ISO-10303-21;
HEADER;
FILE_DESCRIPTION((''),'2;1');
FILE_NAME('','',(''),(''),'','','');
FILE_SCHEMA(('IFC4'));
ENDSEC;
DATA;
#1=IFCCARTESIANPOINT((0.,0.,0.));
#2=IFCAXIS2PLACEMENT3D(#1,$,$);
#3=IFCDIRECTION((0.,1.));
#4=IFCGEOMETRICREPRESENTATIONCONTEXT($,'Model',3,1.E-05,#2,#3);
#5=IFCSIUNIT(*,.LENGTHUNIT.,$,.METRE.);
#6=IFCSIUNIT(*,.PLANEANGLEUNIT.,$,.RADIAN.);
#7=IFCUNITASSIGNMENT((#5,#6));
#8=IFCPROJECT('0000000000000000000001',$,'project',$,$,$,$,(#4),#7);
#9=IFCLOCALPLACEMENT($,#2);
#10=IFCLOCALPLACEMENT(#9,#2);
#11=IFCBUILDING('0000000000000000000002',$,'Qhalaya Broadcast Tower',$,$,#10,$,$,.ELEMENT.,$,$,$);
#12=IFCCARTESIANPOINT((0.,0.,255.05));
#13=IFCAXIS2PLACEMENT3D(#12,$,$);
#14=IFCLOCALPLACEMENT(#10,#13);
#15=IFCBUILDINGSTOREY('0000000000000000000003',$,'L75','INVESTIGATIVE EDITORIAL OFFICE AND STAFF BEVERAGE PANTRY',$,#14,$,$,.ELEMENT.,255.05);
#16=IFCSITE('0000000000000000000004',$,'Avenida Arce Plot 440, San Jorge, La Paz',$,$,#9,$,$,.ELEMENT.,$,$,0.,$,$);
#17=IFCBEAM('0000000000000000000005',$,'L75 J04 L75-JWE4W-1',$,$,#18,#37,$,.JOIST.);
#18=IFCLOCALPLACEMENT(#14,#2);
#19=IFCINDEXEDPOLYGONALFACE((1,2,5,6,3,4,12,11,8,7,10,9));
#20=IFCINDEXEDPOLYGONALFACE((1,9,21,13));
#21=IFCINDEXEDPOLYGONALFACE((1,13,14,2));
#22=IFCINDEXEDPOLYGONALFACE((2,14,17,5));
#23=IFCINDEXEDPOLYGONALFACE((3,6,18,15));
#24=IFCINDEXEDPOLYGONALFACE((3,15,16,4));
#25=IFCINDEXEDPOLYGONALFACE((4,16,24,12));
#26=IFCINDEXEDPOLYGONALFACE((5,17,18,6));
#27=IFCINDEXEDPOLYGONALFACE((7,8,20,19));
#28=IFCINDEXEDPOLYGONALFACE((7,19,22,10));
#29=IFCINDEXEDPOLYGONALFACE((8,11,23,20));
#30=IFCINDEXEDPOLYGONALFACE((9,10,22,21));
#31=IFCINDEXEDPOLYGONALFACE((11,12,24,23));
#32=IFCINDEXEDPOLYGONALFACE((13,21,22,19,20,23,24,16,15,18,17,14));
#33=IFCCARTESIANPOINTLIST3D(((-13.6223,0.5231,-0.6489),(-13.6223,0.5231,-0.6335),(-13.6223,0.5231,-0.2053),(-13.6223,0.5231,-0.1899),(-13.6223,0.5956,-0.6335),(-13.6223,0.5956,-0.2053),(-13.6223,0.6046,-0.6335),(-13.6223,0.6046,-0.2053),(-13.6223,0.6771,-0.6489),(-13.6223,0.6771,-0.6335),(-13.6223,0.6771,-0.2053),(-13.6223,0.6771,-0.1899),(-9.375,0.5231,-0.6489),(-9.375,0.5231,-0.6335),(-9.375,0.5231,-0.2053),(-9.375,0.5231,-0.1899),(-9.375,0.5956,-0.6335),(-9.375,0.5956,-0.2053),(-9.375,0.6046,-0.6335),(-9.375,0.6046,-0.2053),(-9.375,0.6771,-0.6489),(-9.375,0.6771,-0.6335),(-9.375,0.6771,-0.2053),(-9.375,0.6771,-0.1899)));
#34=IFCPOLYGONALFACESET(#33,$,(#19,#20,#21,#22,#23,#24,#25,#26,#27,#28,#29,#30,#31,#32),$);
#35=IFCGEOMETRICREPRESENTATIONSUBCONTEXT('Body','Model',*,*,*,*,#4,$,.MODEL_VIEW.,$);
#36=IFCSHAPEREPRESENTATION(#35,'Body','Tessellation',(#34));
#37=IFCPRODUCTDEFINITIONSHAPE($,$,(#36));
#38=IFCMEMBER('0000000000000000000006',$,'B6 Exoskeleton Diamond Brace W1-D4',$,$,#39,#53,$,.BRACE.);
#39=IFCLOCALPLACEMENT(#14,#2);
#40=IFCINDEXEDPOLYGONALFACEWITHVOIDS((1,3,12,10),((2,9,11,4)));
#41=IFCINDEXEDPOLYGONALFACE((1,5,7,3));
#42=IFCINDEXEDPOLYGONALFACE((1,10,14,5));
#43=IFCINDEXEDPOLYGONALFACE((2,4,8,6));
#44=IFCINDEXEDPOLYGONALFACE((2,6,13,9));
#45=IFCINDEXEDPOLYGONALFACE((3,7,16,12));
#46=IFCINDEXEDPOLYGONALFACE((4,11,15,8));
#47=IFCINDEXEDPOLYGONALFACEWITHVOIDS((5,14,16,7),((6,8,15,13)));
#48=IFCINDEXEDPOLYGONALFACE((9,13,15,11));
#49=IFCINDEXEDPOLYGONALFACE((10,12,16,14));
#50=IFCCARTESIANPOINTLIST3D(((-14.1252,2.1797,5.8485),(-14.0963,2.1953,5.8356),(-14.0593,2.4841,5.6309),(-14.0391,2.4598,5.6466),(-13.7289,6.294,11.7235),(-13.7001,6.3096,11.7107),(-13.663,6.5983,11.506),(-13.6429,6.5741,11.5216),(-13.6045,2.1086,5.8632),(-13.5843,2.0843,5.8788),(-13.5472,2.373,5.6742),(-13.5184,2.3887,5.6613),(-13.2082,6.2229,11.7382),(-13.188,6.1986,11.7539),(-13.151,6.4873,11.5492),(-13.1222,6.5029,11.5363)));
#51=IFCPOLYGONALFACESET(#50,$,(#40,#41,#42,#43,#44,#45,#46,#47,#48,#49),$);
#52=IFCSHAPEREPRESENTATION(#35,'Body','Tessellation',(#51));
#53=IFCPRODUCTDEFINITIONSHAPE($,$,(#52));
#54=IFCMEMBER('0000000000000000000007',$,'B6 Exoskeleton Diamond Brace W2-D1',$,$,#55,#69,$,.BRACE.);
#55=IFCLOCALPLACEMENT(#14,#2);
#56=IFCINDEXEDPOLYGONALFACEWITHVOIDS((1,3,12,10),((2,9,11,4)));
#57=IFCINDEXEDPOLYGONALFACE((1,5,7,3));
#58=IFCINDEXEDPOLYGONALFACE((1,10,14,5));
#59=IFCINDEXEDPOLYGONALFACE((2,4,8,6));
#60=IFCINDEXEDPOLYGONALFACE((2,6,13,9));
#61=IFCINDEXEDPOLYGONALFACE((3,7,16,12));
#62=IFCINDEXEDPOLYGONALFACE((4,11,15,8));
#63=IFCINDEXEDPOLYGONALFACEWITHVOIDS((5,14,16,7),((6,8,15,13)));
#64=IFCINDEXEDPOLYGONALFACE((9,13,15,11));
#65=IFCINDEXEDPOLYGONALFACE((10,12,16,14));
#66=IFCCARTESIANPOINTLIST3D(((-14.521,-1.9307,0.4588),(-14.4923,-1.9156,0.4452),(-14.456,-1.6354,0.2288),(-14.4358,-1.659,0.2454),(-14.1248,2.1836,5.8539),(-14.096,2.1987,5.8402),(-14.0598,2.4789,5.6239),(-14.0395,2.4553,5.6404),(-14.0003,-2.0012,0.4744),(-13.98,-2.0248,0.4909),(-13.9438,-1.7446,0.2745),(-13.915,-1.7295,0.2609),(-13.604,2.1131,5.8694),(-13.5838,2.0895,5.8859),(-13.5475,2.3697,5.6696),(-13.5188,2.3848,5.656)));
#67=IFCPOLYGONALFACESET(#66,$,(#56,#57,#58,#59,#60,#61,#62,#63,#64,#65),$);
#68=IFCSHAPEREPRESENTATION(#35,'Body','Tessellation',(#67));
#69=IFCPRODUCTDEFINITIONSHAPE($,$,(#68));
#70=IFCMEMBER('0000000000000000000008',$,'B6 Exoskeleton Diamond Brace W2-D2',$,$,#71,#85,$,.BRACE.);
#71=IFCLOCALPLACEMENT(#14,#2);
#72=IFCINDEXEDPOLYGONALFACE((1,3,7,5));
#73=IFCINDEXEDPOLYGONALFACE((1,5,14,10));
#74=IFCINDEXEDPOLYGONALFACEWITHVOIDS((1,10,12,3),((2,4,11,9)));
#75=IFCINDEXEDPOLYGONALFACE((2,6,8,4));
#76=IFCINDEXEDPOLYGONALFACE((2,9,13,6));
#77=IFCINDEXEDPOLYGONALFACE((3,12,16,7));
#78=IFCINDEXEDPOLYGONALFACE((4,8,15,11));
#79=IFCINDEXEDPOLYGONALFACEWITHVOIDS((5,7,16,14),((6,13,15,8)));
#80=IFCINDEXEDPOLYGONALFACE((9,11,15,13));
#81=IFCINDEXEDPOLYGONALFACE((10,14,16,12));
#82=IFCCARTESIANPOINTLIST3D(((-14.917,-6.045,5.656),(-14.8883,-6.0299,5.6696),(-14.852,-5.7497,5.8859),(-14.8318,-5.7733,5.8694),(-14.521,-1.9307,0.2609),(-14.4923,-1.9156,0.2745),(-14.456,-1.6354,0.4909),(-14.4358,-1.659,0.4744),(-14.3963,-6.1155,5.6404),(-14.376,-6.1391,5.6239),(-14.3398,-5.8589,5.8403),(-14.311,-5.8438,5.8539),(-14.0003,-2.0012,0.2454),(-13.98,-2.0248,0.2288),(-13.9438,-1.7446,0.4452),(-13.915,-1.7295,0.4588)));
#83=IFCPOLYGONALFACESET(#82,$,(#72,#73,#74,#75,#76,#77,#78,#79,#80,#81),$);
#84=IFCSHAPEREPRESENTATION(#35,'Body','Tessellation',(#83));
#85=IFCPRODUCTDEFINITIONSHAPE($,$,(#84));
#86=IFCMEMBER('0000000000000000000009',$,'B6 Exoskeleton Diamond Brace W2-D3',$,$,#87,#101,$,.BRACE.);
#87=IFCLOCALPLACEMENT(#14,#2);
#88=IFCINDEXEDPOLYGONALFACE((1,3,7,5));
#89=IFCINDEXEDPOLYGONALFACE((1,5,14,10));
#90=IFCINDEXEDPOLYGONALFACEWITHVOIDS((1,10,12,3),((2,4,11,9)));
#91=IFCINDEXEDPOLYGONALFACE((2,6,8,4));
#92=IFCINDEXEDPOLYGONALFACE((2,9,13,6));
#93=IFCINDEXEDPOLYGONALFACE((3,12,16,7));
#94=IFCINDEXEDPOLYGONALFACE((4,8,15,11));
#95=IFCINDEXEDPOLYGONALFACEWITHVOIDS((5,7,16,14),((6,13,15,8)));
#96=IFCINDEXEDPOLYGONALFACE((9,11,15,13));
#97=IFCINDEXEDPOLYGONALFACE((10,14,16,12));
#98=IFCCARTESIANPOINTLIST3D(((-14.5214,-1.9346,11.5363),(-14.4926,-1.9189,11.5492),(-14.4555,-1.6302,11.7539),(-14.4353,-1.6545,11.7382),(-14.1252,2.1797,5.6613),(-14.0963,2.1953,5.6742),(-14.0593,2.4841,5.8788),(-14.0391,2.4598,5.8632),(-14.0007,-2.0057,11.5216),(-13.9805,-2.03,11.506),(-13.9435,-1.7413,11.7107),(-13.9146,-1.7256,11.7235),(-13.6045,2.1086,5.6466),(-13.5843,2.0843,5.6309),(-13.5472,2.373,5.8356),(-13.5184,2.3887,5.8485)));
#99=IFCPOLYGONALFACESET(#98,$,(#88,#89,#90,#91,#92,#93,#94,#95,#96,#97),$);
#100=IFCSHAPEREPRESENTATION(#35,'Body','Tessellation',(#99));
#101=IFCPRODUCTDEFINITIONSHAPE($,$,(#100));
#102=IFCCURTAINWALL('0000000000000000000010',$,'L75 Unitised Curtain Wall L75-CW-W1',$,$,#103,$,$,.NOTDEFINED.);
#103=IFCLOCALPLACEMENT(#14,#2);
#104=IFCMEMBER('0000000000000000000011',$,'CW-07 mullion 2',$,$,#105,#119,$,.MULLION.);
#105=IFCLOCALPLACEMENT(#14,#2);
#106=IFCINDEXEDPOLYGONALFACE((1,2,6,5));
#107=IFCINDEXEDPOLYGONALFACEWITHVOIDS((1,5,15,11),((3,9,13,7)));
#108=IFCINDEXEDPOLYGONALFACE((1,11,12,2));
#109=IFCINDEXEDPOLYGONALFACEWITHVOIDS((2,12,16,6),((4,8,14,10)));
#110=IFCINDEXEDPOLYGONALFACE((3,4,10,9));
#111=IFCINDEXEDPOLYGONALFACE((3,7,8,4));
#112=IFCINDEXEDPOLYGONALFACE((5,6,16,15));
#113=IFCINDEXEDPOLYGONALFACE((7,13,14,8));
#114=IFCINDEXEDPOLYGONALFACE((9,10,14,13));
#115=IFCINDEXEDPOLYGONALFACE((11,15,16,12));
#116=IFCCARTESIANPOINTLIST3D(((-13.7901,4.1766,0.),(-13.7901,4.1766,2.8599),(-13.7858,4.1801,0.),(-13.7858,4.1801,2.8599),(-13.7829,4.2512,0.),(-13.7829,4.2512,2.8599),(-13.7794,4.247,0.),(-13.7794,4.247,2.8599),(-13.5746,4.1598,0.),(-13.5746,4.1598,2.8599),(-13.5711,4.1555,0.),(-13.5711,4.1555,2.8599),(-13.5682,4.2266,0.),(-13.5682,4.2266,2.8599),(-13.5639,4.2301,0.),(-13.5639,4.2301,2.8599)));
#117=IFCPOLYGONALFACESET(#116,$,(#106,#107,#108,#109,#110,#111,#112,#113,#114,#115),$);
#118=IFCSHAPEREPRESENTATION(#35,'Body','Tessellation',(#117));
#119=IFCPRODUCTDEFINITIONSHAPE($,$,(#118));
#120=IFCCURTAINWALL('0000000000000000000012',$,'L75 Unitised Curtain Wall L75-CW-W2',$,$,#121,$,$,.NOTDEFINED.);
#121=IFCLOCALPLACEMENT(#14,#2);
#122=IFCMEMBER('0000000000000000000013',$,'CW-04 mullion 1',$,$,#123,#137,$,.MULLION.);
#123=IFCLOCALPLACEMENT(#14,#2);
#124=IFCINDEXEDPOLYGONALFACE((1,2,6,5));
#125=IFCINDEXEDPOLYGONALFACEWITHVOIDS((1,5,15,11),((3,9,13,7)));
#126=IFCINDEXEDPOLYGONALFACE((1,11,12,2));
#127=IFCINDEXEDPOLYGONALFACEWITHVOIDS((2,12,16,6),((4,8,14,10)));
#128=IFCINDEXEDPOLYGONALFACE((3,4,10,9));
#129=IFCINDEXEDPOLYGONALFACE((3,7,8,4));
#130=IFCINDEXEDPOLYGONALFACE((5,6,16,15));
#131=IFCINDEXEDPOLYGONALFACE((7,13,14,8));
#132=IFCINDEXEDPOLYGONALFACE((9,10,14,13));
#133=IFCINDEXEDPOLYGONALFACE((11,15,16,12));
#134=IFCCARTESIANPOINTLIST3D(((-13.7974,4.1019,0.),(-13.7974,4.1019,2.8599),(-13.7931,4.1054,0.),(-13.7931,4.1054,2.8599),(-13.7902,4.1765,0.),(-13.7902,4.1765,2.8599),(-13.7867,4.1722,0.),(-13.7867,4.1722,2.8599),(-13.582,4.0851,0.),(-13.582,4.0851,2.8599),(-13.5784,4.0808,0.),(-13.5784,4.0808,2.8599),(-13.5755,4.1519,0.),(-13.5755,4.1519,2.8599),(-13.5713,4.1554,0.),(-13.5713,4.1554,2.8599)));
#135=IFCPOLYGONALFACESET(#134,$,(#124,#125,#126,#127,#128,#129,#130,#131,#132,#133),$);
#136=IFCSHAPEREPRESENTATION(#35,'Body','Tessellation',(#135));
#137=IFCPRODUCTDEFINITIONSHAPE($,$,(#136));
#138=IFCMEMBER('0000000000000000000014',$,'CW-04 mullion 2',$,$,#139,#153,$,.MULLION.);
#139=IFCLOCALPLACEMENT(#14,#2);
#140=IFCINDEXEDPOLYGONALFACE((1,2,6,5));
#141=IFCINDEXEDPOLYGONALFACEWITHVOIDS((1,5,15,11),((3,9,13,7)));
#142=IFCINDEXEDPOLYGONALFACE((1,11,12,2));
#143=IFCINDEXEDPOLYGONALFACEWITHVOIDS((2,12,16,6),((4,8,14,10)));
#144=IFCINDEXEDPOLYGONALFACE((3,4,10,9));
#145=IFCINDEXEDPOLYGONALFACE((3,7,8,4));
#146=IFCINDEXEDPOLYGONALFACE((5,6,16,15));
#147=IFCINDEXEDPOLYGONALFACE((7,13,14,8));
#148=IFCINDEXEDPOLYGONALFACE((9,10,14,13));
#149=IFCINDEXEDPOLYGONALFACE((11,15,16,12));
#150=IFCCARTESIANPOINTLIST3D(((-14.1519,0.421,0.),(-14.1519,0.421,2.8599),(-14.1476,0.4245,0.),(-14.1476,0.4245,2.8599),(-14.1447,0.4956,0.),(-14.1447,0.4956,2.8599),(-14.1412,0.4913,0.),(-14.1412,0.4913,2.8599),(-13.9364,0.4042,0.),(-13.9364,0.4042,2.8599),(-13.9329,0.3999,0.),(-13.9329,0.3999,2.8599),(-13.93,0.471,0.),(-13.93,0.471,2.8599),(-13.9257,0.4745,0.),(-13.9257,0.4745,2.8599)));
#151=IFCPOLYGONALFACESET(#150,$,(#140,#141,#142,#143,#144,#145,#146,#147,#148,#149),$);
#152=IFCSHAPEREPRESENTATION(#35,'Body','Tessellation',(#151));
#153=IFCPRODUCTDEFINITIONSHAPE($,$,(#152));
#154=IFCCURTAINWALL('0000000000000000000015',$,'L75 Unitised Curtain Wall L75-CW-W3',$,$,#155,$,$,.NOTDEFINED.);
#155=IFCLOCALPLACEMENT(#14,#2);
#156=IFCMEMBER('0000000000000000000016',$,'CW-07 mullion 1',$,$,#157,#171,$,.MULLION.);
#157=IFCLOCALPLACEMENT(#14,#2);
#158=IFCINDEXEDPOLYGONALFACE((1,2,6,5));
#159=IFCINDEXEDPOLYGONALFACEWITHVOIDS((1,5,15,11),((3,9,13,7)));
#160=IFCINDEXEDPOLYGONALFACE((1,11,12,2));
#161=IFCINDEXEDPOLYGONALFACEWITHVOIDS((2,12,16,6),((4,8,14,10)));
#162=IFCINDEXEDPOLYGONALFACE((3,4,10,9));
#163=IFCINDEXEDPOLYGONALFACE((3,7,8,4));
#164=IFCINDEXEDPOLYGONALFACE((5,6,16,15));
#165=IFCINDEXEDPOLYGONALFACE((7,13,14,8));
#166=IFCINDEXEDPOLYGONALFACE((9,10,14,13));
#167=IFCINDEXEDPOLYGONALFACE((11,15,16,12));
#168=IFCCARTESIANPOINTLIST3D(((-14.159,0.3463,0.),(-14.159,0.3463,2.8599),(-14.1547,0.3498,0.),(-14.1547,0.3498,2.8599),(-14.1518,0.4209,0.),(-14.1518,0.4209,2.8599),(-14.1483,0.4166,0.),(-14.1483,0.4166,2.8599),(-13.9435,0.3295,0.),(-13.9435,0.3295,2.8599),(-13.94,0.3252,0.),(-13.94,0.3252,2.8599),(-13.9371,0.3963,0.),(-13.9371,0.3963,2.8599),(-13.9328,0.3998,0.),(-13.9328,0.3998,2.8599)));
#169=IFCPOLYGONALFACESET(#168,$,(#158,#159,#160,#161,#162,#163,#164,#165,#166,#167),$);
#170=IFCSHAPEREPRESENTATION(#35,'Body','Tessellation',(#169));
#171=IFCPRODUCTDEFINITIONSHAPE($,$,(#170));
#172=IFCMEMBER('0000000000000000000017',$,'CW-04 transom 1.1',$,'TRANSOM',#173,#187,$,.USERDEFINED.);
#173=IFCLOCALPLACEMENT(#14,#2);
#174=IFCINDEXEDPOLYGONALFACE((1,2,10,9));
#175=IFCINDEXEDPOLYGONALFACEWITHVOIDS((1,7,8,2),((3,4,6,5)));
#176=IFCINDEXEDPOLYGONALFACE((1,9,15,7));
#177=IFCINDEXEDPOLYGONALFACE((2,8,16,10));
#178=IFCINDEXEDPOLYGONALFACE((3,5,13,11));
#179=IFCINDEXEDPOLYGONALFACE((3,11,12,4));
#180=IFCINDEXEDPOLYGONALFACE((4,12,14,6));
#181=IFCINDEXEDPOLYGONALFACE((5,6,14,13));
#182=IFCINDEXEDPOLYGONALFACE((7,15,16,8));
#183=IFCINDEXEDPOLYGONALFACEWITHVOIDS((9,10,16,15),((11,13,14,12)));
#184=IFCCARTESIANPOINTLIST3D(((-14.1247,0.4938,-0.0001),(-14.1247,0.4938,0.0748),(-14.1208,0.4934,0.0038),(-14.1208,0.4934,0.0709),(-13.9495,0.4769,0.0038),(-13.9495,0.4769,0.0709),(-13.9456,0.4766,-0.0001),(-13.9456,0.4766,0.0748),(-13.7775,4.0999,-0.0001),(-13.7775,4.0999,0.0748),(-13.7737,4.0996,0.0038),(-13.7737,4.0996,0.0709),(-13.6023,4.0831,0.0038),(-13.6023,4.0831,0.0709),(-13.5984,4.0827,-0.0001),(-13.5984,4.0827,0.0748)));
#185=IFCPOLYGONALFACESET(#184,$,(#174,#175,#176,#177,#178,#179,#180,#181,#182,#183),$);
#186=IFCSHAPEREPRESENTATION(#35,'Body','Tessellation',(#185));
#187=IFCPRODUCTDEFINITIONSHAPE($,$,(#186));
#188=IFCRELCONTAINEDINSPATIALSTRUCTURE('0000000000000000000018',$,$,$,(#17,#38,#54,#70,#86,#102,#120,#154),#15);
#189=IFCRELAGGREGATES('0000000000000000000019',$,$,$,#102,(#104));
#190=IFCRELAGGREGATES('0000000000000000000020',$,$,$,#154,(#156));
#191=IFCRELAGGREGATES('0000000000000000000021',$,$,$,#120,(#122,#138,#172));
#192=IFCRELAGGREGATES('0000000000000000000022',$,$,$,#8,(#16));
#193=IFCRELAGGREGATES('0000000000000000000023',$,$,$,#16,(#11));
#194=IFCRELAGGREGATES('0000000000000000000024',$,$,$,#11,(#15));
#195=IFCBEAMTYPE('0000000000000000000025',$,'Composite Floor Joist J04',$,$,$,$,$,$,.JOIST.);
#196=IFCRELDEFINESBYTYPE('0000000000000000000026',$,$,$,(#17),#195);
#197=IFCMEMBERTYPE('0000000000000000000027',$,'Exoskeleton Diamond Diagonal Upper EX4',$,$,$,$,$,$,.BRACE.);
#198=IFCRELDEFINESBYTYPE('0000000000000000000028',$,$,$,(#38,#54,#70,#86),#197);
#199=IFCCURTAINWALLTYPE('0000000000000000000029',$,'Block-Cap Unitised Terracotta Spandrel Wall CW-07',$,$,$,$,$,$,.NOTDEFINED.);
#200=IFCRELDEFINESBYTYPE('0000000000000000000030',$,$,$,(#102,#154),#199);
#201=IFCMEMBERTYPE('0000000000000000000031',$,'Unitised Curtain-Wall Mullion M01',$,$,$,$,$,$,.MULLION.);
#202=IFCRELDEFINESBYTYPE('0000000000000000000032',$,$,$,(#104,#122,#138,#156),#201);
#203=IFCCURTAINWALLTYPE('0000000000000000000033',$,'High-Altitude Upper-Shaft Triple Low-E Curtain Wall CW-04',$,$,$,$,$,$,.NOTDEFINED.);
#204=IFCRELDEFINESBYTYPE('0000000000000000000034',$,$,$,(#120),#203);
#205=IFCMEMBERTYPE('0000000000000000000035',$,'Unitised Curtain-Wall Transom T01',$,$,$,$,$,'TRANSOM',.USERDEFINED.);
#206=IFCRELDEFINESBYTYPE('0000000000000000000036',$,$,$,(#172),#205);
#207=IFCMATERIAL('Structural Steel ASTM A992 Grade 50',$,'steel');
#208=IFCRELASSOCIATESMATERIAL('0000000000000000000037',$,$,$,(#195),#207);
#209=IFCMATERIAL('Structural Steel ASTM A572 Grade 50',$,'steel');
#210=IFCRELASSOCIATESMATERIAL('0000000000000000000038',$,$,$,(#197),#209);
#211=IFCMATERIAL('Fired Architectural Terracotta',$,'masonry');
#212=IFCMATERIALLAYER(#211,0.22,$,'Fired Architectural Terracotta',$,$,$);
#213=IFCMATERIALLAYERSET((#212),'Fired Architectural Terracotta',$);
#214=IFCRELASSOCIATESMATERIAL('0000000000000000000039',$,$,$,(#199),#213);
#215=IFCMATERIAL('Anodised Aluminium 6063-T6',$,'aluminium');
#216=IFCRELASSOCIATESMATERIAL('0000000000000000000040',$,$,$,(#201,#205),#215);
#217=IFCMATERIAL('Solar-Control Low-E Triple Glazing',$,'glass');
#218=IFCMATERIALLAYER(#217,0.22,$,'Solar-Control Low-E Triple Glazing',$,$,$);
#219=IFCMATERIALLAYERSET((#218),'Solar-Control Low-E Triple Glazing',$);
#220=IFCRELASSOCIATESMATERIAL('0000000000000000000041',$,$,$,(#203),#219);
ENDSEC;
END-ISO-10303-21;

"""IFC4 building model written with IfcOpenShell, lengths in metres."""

from ifc_helpers import new_model, si_unit, direction, frame, origin, origin_2d, place, context, subcontext, project, spatial, hollow_rectangle, i_section, extrude, material, layer, layer_set, material_profile, profile_set, type_object, element, aggregate, save


model = new_model("IFC4")

# Units and contexts
model_context = context("Model", 3, precision=1e-05, world=origin(), true_north=direction((0.0, 1.0)))
body_context = subcontext(model_context, "Body", "Model", "MODEL_VIEW")
ifc_project = project(units=[si_unit("LENGTHUNIT", "METRE"), si_unit("PLANEANGLEUNIT", "RADIAN")], contexts=[model_context])

# Site, building, storey
site_placement = place(None, origin())
site = spatial("IfcSite", under=ifc_project, at=site_placement, Name="Avenida Arce Plot 440, San Jorge, La Paz", CompositionType="ELEMENT", RefElevation=0.0)
building_placement = place(site_placement, origin())
building = spatial("IfcBuilding", under=site, at=building_placement, Name="Qhalaya Broadcast Tower", CompositionType="ELEMENT")
storey_placement = place(building_placement, frame((0.0, 0.0, 255.05)))
storey = spatial("IfcBuildingStorey", under=building, at=storey_placement, Name="L75", Description="INVESTIGATIVE EDITORIAL OFFICE AND STAFF BEVERAGE PANTRY", CompositionType="ELEMENT", Elevation=255.05)

# Beam
ifc_material_1 = material(Name="Structural Steel ASTM A992 Grade 50", Category="steel")
ifc_material_profile_1 = material_profile(ifc_material_1, i_section(OverallWidth=0.1541, OverallDepth=0.459, WebThickness=0.009, FlangeThickness=0.0154, at=origin_2d()), Name="W18X46")
ifc_profile_set_1 = profile_set([ifc_material_profile_1], Name="Structural Steel ASTM A992 Grade 50")
beam_type_1 = type_object("IfcBeamType", Name="Composite Floor Joist J04", PredefinedType="JOIST", material=ifc_profile_set_1)
beam_1_placement = place(storey_placement, frame((-13.6223, 0.6001, -0.4194), z_axis=(1.0, 0.0, 0.0), x_axis=(0.0, 1.0, 0.0)))
element("IfcBeam", 1, at=beam_1_placement, inside=storey, type_object=beam_type_1, Name="L75 J04 L75-JWE4W-1", PredefinedType="JOIST", context=body_context, shape_type="SweptSolid", body=[
    extrude(i_section(OverallWidth=0.1541, OverallDepth=0.459, WebThickness=0.009, FlangeThickness=0.0154, at=origin_2d()), origin(), (0.0, 0.0, 1.0), 4.2473),
])

# Members
ifc_material_2 = material(Name="Structural Steel ASTM A572 Grade 50", Category="steel")
ifc_material_profile_2 = material_profile(ifc_material_2, hollow_rectangle(XDim=0.3799, YDim=0.55, WallThickness=0.0249, at=origin_2d()), Name="BOX 380x550x25")
ifc_profile_set_2 = profile_set([ifc_material_profile_2], Name="Structural Steel ASTM A572 Grade 50")
member_type_1 = type_object("IfcMemberType", Name="Exoskeleton Diamond Diagonal Upper EX4", PredefinedType="BRACE", material=ifc_profile_set_2)
member_1_placement = place(storey_placement, frame((-13.8218, 2.2842, 5.7549), z_axis=(0.055161, 0.572753, 0.81787), x_axis=(-0.173449, -0.801166, 0.572755)))
element("IfcMember", 2, at=member_1_placement, inside=storey, type_object=member_type_1, Name="B6 Exoskeleton Diamond Brace W1-D4", PredefinedType="BRACE", context=body_context, shape_type="SweptSolid", body=[
    extrude(hollow_rectangle(XDim=0.3799, YDim=0.55, WallThickness=0.0249, at=origin_2d()), origin(), (0.0, 0.0, 1.0), 7.1833),
])
for number, where, z_axis, x_axis, name in (
    (3, (-14.218, -1.8301, 0.3599), (0.058302, 0.605363, 0.793811), (-0.171153, -0.777329, 0.605364), "B6 Exoskeleton Diamond Brace W2-D1"),
    (4, (-14.218, -1.8301, 0.3599), (-0.058266, -0.605364, 0.793813), (0.171108, 0.777341, 0.605362), "B6 Exoskeleton Diamond Brace W2-D2"),
):
    element("IfcMember", number, at=place(storey_placement, frame(where, z_axis=z_axis, x_axis=x_axis)), inside=storey, type_object=member_type_1, Name=name, PredefinedType="BRACE", context=body_context, shape_type="SweptSolid", body=[
        extrude(hollow_rectangle(XDim=0.3799, YDim=0.55, WallThickness=0.0249, at=origin_2d()), origin(), (0.0, 0.0, 1.0), 6.7964),
    ])
member_2_placement = place(storey_placement, frame((-13.8218, 2.2842, 5.7549), z_axis=(-0.055161, -0.572753, 0.81787), x_axis=(0.173449, 0.801166, 0.572755)))
element("IfcMember", 5, at=member_2_placement, inside=storey, type_object=member_type_1, Name="B6 Exoskeleton Diamond Brace W2-D3", PredefinedType="BRACE", context=body_context, shape_type="SweptSolid", body=[
    extrude(hollow_rectangle(XDim=0.3799, YDim=0.55, WallThickness=0.0249, at=origin_2d()), origin(), (0.0, 0.0, 1.0), 7.1833),
])

# Curtain wall, member
ifc_material_3 = material(Name="Fired Architectural Terracotta", Category="masonry")
ifc_layer_1 = layer(ifc_material_3, 0.22, Name="Fired Architectural Terracotta")
ifc_layer_set_1 = layer_set([ifc_layer_1], Name="Fired Architectural Terracotta")
curtain_wall_type_1 = type_object("IfcCurtainWallType", Name="Block-Cap Unitised Terracotta Spandrel Wall CW-07", PredefinedType="NOTDEFINED", material=ifc_layer_set_1)
curtain_wall_1_placement = place(storey_placement, origin())
curtain_wall_1 = element("IfcCurtainWall", 6, at=curtain_wall_1_placement, inside=storey, type_object=curtain_wall_type_1, Name="L75 Unitised Curtain Wall L75-CW-W1", PredefinedType="NOTDEFINED")
ifc_material_4 = material(Name="Anodised Aluminium 6063-T6", Category="aluminium")
ifc_material_profile_3 = material_profile(ifc_material_4, hollow_rectangle(XDim=0.075, YDim=0.22, WallThickness=0.0039, at=origin_2d()), Name="ALU-MUL 75x220x4")
ifc_profile_set_3 = profile_set([ifc_material_profile_3], Name="Anodised Aluminium 6063-T6")
member_type_2 = type_object("IfcMemberType", Name="Unitised Curtain-Wall Mullion M01", PredefinedType="MULLION", material=ifc_profile_set_3)
member_3_placement = place(storey_placement, frame((-13.677, 4.2034, 0.0), z_axis=(0.0, 0.0, 1.0), x_axis=(-0.095848, -0.995396, 0.0)))
member_3 = element("IfcMember", 7, at=member_3_placement, type_object=member_type_2, Name="CW-07 mullion 2", PredefinedType="MULLION", context=body_context, shape_type="SweptSolid", body=[
    extrude(hollow_rectangle(XDim=0.075, YDim=0.22, WallThickness=0.0039, at=origin_2d()), origin(), (0.0, 0.0, 1.0), 2.8599),
])
aggregate(curtain_wall_1, [member_3])

# Curtain wall, members
ifc_material_5 = material(Name="Solar-Control Low-E Triple Glazing", Category="glass")
ifc_layer_2 = layer(ifc_material_5, 0.22, Name="Solar-Control Low-E Triple Glazing")
ifc_layer_set_2 = layer_set([ifc_layer_2], Name="Solar-Control Low-E Triple Glazing")
curtain_wall_type_2 = type_object("IfcCurtainWallType", Name="High-Altitude Upper-Shaft Triple Low-E Curtain Wall CW-04", PredefinedType="NOTDEFINED", material=ifc_layer_set_2)
curtain_wall_2_placement = place(storey_placement, origin())
curtain_wall_2 = element("IfcCurtainWall", 8, at=curtain_wall_2_placement, inside=storey, type_object=curtain_wall_type_2, Name="L75 Unitised Curtain Wall L75-CW-W2", PredefinedType="NOTDEFINED")
member_4_placement = place(storey_placement, frame((-13.6843, 4.1287, 0.0), z_axis=(0.0, 0.0, 1.0), x_axis=(-0.09584, -0.995397, 0.0)))
member_4 = element("IfcMember", 9, at=member_4_placement, type_object=member_type_2, Name="CW-04 mullion 1", PredefinedType="MULLION", context=body_context, shape_type="SweptSolid", body=[
    extrude(hollow_rectangle(XDim=0.075, YDim=0.22, WallThickness=0.0039, at=origin_2d()), origin(), (0.0, 0.0, 1.0), 2.8599),
])
member_5_placement = place(storey_placement, frame((-14.0388, 0.4478, 0.0), z_axis=(0.0, 0.0, 1.0), x_axis=(-0.09584, -0.995397, 0.0)))
member_5 = element("IfcMember", 10, at=member_5_placement, type_object=member_type_2, Name="CW-04 mullion 2", PredefinedType="MULLION", context=body_context, shape_type="SweptSolid", body=[
    extrude(hollow_rectangle(XDim=0.075, YDim=0.22, WallThickness=0.0039, at=origin_2d()), origin(), (0.0, 0.0, 1.0), 2.8599),
])

# Curtain wall, member
curtain_wall_3_placement = place(storey_placement, origin())
curtain_wall_3 = element("IfcCurtainWall", 11, at=curtain_wall_3_placement, inside=storey, type_object=curtain_wall_type_1, Name="L75 Unitised Curtain Wall L75-CW-W3", PredefinedType="NOTDEFINED")
member_6_placement = place(storey_placement, frame((-14.0459, 0.373, 0.0), z_axis=(0.0, 0.0, 1.0), x_axis=(-0.095861, -0.995395, 0.0)))
member_6 = element("IfcMember", 12, at=member_6_placement, type_object=member_type_2, Name="CW-07 mullion 1", PredefinedType="MULLION", context=body_context, shape_type="SweptSolid", body=[
    extrude(hollow_rectangle(XDim=0.075, YDim=0.22, WallThickness=0.0039, at=origin_2d()), origin(), (0.0, 0.0, 1.0), 2.8599),
])

# Member
ifc_material_profile_4 = material_profile(ifc_material_4, hollow_rectangle(XDim=0.075, YDim=0.1799, WallThickness=0.0039, at=origin_2d()), Name="ALU-TRN 75x180x4")
ifc_profile_set_4 = profile_set([ifc_material_profile_4], Name="Anodised Aluminium 6063-T6")
member_type_3 = type_object("IfcMemberType", Name="Unitised Curtain-Wall Transom T01", ElementType="TRANSOM", PredefinedType="USERDEFINED", material=ifc_profile_set_4)
member_7_placement = place(storey_placement, frame((-13.688, 4.0913, 0.0374), z_axis=(-0.095827, -0.995398, 0.0), x_axis=(0.0, 0.0, 1.0)))
member_7 = element("IfcMember", 13, at=member_7_placement, type_object=member_type_3, Name="CW-04 transom 1.1", ObjectType="TRANSOM", PredefinedType="USERDEFINED", context=body_context, shape_type="SweptSolid", body=[
    extrude(hollow_rectangle(XDim=0.075, YDim=0.1799, WallThickness=0.0039, at=origin_2d()), origin(), (0.0, 0.0, 1.0), 3.6228),
])

aggregate(curtain_wall_3, [member_6])
aggregate(curtain_wall_2, [member_4, member_5, member_7])

save(model, "model.ifc")
